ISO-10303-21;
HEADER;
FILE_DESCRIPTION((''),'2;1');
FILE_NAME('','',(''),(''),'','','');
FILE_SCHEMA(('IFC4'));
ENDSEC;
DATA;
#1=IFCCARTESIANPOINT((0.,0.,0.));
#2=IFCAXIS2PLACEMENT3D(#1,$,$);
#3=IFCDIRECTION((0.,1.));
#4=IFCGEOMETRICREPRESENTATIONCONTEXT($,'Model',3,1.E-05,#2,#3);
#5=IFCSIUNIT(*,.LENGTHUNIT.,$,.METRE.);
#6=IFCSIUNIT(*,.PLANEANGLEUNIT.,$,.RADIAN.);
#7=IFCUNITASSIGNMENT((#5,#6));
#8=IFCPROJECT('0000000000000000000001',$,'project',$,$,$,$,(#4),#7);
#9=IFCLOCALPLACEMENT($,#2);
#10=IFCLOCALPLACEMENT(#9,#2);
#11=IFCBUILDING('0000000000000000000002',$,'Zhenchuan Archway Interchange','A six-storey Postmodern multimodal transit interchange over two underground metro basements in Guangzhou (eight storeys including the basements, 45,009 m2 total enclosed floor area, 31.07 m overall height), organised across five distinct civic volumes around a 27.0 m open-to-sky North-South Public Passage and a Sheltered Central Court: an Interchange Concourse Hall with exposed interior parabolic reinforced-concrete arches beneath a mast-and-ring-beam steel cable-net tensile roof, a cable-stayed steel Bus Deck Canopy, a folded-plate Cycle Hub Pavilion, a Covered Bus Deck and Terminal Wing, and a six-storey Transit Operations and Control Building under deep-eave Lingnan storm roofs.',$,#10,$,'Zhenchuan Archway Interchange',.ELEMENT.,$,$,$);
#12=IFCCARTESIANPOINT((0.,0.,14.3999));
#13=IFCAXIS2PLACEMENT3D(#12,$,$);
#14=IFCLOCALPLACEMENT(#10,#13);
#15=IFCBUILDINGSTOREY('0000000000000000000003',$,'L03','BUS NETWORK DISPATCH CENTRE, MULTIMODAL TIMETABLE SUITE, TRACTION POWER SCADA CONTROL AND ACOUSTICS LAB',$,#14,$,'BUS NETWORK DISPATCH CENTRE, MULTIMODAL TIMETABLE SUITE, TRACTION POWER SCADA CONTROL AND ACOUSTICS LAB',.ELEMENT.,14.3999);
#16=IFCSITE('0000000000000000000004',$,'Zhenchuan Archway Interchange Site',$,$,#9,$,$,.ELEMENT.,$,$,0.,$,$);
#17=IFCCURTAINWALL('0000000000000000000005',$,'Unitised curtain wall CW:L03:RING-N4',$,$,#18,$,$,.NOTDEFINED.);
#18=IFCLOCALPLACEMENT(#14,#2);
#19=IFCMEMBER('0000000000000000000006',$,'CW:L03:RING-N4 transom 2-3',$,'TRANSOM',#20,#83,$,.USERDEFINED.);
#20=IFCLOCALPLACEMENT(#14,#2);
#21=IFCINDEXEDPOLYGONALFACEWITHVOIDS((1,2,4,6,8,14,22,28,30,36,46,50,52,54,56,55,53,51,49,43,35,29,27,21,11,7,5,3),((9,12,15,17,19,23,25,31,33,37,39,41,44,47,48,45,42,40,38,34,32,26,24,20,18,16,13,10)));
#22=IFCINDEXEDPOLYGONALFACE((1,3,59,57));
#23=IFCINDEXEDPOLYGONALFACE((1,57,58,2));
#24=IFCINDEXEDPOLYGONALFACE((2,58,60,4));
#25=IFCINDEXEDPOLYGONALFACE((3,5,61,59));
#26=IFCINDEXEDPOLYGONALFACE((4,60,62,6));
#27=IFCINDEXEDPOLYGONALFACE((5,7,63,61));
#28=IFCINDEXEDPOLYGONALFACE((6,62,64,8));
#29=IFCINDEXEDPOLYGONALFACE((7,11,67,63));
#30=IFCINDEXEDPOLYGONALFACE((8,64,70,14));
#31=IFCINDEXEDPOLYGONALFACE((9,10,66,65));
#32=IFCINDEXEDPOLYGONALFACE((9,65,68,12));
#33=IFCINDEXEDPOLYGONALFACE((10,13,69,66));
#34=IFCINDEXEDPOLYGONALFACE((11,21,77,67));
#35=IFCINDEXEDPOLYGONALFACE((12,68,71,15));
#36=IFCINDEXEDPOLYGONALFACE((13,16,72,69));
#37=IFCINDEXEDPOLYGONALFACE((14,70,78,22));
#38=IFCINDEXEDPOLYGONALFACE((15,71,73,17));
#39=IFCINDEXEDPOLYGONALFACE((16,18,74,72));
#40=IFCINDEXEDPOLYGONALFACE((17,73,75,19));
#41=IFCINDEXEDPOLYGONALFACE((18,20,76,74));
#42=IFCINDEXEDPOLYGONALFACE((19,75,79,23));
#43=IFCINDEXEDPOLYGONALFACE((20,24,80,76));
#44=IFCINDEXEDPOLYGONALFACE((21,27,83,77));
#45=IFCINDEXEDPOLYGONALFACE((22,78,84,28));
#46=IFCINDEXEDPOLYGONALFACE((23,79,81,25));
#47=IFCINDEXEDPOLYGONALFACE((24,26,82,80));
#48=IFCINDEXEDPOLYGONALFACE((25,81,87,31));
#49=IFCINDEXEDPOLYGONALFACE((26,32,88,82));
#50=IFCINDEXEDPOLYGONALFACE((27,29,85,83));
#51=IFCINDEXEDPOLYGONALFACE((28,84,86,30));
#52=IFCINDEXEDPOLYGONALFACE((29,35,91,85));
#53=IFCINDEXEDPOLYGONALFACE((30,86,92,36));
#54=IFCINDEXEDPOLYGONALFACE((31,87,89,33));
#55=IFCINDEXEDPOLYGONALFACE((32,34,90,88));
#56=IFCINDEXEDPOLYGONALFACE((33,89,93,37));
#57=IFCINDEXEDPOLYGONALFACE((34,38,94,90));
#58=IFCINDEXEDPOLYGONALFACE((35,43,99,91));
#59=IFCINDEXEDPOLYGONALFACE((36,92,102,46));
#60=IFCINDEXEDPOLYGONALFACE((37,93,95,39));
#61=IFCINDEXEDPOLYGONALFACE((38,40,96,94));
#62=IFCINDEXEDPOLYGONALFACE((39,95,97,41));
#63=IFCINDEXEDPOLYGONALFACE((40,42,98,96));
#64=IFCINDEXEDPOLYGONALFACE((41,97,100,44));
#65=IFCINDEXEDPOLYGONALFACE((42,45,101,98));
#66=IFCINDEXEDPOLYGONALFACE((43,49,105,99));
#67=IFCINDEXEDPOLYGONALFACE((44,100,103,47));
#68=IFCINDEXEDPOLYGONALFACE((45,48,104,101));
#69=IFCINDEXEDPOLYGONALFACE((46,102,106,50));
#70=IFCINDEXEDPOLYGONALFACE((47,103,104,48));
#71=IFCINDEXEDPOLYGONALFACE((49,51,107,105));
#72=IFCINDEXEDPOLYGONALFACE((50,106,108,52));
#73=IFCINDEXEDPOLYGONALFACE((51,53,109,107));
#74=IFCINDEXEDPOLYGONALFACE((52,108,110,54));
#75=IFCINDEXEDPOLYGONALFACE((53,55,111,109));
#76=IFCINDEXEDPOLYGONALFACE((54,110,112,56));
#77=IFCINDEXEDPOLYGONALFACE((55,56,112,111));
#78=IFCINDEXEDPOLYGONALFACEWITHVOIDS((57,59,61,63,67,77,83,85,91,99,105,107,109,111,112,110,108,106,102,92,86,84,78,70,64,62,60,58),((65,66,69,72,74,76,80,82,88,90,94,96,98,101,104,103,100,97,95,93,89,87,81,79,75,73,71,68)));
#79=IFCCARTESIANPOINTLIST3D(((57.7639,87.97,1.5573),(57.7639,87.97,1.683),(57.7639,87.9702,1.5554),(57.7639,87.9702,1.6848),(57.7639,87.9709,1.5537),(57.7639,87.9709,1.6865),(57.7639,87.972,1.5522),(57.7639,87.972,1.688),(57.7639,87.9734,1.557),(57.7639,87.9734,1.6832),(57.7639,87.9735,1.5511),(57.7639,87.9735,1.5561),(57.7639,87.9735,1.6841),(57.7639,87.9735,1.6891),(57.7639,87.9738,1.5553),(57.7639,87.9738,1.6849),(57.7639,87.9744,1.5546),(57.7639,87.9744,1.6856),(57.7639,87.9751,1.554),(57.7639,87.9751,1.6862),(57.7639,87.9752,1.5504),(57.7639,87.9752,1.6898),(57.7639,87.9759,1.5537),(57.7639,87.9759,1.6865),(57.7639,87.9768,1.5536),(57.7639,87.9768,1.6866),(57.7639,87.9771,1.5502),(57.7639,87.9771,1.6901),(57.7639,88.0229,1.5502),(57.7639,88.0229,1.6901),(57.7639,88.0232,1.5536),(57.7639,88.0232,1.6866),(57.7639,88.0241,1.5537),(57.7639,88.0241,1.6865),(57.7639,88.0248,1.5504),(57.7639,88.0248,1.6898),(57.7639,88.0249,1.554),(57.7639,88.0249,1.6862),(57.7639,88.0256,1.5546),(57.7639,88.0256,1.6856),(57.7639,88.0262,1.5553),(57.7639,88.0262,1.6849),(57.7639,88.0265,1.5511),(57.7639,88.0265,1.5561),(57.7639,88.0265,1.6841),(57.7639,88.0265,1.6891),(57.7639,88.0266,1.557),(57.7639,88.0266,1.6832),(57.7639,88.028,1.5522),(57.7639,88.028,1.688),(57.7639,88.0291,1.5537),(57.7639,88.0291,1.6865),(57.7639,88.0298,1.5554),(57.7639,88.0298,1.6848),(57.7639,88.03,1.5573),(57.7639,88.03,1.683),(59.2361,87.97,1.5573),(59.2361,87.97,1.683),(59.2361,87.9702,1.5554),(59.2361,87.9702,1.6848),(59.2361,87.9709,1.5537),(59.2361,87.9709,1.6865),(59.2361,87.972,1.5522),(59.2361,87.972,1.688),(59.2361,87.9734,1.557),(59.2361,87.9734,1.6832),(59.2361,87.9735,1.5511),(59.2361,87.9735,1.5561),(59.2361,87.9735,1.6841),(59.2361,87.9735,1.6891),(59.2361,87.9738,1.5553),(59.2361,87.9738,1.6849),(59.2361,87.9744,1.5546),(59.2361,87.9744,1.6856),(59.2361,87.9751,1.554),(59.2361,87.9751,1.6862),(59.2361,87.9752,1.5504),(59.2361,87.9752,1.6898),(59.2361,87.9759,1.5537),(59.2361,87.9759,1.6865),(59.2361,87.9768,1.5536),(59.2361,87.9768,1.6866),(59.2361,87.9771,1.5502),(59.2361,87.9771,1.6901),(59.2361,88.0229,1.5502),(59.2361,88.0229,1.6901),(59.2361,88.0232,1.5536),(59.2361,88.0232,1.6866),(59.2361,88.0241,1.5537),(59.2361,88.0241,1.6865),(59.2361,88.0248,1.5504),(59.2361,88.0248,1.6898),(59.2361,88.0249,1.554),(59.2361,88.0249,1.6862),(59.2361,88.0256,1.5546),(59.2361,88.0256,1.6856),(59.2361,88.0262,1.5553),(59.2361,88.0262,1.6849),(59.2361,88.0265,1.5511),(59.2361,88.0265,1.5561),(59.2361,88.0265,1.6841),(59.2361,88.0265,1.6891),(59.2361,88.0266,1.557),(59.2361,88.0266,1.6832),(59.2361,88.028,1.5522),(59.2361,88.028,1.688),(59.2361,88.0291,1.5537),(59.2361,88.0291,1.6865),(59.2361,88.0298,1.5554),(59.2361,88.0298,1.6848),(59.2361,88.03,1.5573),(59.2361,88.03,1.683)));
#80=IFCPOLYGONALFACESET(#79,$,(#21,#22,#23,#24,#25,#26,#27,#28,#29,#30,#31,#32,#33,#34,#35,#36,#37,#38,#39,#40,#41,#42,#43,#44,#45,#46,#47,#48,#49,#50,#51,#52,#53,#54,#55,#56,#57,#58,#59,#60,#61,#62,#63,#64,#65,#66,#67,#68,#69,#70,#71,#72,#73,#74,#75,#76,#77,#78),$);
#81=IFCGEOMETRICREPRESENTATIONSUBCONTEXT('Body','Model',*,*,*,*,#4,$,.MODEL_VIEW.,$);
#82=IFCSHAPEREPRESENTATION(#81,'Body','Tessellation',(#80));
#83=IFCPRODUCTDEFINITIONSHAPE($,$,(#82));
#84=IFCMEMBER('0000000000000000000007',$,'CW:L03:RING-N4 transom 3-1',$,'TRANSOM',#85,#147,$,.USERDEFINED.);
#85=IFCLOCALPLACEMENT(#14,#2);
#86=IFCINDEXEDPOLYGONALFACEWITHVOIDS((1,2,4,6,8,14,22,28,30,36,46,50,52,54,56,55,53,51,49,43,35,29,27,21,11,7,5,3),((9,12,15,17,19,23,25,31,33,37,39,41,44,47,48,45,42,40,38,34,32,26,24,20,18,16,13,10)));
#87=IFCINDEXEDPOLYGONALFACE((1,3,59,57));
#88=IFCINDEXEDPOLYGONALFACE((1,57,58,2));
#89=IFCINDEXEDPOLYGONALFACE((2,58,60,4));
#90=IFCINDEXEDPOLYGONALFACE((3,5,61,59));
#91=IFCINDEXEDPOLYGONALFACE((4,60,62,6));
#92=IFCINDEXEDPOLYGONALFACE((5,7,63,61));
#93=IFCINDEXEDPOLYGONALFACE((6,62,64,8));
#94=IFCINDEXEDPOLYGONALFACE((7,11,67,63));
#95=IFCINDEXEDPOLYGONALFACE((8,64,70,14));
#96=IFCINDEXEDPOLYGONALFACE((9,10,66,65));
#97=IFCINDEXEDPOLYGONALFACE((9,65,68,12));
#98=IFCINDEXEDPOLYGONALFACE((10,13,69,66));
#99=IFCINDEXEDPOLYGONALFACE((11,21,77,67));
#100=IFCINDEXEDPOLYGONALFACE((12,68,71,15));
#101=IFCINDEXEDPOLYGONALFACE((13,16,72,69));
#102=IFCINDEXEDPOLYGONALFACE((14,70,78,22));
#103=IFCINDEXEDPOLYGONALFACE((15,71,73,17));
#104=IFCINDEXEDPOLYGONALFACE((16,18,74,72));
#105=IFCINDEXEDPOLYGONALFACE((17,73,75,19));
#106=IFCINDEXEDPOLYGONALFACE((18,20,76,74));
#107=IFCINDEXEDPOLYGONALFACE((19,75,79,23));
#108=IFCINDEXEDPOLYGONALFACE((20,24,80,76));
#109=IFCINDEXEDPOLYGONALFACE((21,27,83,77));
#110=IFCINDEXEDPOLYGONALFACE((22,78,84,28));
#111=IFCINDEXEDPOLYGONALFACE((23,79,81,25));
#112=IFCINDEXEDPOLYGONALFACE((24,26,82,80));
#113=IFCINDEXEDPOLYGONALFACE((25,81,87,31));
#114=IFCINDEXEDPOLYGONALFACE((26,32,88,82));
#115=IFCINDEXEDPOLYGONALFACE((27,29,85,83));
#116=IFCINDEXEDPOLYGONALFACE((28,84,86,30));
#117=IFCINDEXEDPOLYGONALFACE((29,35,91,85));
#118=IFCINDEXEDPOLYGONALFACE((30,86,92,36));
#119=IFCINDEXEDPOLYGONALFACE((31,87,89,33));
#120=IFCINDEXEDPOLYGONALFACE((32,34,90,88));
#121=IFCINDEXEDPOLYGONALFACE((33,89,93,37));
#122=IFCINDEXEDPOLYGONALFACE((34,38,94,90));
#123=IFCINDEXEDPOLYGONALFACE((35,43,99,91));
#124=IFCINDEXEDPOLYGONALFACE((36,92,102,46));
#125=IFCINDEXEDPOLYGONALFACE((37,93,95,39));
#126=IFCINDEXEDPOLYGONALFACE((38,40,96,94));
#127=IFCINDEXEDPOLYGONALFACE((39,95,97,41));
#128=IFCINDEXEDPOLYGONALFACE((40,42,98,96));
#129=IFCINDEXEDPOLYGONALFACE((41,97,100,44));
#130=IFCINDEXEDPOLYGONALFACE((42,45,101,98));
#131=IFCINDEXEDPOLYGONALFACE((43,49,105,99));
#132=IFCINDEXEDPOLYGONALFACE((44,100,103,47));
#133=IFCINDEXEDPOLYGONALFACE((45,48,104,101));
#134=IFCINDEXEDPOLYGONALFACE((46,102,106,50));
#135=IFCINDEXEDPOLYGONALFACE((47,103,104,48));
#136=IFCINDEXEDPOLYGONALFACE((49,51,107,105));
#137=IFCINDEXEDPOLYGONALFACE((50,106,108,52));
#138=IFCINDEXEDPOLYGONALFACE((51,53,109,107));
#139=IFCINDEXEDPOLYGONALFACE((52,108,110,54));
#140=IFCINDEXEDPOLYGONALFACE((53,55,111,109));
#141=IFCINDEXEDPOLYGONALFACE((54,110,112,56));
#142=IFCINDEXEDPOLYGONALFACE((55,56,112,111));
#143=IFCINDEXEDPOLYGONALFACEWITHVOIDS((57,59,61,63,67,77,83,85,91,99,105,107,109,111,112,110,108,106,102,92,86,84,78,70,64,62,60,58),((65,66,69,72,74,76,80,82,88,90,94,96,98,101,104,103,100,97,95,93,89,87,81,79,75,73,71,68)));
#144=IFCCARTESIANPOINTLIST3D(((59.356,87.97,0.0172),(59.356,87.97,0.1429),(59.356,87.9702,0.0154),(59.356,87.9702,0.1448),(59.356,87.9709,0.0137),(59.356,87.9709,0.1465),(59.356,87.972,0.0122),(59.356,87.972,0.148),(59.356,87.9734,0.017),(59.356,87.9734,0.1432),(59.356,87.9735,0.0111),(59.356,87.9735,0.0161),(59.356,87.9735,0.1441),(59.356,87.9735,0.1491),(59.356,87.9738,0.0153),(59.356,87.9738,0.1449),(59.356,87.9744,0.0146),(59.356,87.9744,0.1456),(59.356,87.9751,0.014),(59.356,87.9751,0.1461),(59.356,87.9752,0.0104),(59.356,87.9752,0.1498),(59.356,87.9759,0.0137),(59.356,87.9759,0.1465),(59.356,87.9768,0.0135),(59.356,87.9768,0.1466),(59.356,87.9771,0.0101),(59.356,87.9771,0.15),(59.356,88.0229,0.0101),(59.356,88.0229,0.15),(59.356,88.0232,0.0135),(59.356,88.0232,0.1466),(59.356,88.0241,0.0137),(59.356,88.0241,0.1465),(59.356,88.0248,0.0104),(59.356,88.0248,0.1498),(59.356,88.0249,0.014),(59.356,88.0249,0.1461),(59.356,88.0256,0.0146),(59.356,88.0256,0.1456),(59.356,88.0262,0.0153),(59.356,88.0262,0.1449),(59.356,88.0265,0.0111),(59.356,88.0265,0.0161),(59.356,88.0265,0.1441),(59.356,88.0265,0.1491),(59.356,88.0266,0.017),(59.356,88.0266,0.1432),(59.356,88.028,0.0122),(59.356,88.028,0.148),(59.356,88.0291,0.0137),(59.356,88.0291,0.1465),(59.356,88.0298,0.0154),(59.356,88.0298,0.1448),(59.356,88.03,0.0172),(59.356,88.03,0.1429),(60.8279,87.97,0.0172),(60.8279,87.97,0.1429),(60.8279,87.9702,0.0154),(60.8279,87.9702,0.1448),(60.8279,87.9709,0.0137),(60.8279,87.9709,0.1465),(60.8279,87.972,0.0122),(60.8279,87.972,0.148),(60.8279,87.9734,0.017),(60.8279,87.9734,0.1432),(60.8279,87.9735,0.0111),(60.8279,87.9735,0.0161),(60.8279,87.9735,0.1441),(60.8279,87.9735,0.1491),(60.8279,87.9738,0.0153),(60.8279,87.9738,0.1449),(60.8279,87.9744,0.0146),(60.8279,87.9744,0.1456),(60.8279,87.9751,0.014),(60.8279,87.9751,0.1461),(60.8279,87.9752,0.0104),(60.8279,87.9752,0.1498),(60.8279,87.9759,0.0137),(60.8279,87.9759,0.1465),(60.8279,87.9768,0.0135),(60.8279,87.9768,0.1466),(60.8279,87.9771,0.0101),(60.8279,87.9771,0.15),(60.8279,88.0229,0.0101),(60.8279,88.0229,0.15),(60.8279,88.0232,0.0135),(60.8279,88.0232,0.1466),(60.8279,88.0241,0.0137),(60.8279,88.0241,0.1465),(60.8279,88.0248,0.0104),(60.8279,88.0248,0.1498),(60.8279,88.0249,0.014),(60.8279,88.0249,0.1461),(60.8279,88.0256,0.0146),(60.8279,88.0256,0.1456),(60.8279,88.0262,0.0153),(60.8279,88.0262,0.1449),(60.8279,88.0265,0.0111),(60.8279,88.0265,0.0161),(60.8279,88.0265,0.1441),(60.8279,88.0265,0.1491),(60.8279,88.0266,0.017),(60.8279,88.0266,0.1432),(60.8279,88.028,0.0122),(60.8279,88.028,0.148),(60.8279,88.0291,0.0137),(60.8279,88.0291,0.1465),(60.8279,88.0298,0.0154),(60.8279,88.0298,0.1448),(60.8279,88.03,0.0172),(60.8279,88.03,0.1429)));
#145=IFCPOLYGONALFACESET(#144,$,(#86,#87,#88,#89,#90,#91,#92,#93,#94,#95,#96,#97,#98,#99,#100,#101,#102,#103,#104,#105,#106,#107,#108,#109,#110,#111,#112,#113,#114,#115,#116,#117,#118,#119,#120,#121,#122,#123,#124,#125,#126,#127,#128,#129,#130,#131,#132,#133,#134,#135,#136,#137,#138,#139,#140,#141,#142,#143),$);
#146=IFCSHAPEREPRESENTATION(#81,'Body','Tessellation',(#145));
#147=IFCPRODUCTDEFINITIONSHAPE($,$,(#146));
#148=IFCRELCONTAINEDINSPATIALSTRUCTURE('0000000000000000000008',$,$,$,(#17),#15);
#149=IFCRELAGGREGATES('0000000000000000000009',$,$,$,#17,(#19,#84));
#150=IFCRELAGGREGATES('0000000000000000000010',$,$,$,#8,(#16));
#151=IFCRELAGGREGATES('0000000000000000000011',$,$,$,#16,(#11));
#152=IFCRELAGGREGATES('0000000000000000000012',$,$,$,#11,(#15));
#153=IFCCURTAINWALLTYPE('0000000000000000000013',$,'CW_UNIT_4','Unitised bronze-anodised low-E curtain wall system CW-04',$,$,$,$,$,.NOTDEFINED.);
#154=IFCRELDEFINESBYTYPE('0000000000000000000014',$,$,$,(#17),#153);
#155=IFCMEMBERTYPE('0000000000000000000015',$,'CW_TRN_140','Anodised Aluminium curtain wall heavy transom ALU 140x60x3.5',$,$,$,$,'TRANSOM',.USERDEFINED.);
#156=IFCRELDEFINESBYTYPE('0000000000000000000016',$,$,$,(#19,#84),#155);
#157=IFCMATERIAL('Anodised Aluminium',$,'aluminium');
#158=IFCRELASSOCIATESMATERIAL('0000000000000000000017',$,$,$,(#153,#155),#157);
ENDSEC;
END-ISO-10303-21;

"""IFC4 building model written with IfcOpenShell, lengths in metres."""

from ifc_helpers import new_model, si_unit, direction, frame, origin, origin_2d, place, context, subcontext, project, spatial, hollow_rectangle, extrude, material, material_profile, profile_set, type_object, element, aggregate, save


model = new_model("IFC4")

# Units and contexts
model_context = context("Model", 3, precision=1e-05, world=origin(), true_north=direction((0.0, 1.0)))
body_context = subcontext(model_context, "Body", "Model", "MODEL_VIEW")
ifc_project = project(units=[si_unit("LENGTHUNIT", "METRE"), si_unit("PLANEANGLEUNIT", "RADIAN")], contexts=[model_context])

# Site, building, storey
site_placement = place(None, origin())
site = spatial("IfcSite", under=ifc_project, at=site_placement, Name="Zhenchuan Archway Interchange Site", CompositionType="ELEMENT", RefElevation=0.0)
building_placement = place(site_placement, origin())
building = spatial("IfcBuilding", under=site, at=building_placement, Name="Zhenchuan Archway Interchange", Description="A six-storey Postmodern multimodal transit interchange over two underground metro basements in Guangzhou (eight storeys including the basements, 45,009 m2 total enclosed floor area, 31.07 m overall height), organised across five distinct civic volumes around a 27.0 m open-to-sky North-South Public Passage and a Sheltered Central Court: an Interchange Concourse Hall with exposed interior parabolic reinforced-concrete arches beneath a mast-and-ring-beam steel cable-net tensile roof, a cable-stayed steel Bus Deck Canopy, a folded-plate Cycle Hub Pavilion, a Covered Bus Deck and Terminal Wing, and a six-storey Transit Operations and Control Building under deep-eave Lingnan storm roofs.", LongName="Zhenchuan Archway Interchange", CompositionType="ELEMENT")
storey_placement = place(building_placement, frame((0.0, 0.0, 14.3999)))
storey = spatial("IfcBuildingStorey", under=building, at=storey_placement, Name="L03", Description="BUS NETWORK DISPATCH CENTRE, MULTIMODAL TIMETABLE SUITE, TRACTION POWER SCADA CONTROL AND ACOUSTICS LAB", LongName="BUS NETWORK DISPATCH CENTRE, MULTIMODAL TIMETABLE SUITE, TRACTION POWER SCADA CONTROL AND ACOUSTICS LAB", CompositionType="ELEMENT", Elevation=14.3999)

# Curtain wall
ifc_material_1 = material(Name="Anodised Aluminium", Category="aluminium")
curtain_wall_type = type_object("IfcCurtainWallType", Name="CW_UNIT_4", Description="Unitised bronze-anodised low-E curtain wall system CW-04", PredefinedType="NOTDEFINED", material=ifc_material_1)
curtain_wall_1_placement = place(storey_placement, origin())
curtain_wall_1 = element("IfcCurtainWall", 1, at=curtain_wall_1_placement, inside=storey, type_object=curtain_wall_type, Name="Unitised curtain wall CW:L03:RING-N4", PredefinedType="NOTDEFINED")

# Members
ifc_material_profile_1 = material_profile(ifc_material_1, hollow_rectangle(XDim=0.0601, YDim=0.1399, WallThickness=0.0034, InnerFilletRadius=0.0034, OuterFilletRadius=0.0071, at=origin_2d()), Name="ALU 140x60x3.5")
ifc_profile_set_1 = profile_set([ifc_material_profile_1], Name="Anodised Aluminium")
member_type_1 = type_object("IfcMemberType", Name="CW_TRN_140", Description="Anodised Aluminium curtain wall heavy transom ALU 140x60x3.5", ElementType="TRANSOM", PredefinedType="USERDEFINED", material=ifc_profile_set_1)
member_1_placement = place(storey_placement, frame((57.7639, 88.0, 1.6201), z_axis=(1.0, 0.0, 0.0), x_axis=(0.0, 1.0, 0.0)))
member_1 = element("IfcMember", 2, at=member_1_placement, type_object=member_type_1, Name="CW:L03:RING-N4 transom 2-3", ObjectType="TRANSOM", PredefinedType="USERDEFINED", context=body_context, shape_type="SweptSolid", body=[
    extrude(hollow_rectangle(XDim=0.0601, YDim=0.1399, WallThickness=0.0034, InnerFilletRadius=0.0034, OuterFilletRadius=0.0071, at=origin_2d()), origin(), (0.0, 0.0, 1.0), 1.4722),
])
member_2_placement = place(storey_placement, frame((59.356, 88.0, 0.0801), z_axis=(1.0, 0.0, 0.0), x_axis=(0.0, 1.0, 0.0)))
member_2 = element("IfcMember", 3, at=member_2_placement, type_object=member_type_1, Name="CW:L03:RING-N4 transom 3-1", ObjectType="TRANSOM", PredefinedType="USERDEFINED", context=body_context, shape_type="SweptSolid", body=[
    extrude(hollow_rectangle(XDim=0.0601, YDim=0.1399, WallThickness=0.0034, InnerFilletRadius=0.0034, OuterFilletRadius=0.0071, at=origin_2d()), origin(), (0.0, 0.0, 1.0), 1.4719),
])

aggregate(curtain_wall_1, [member_1, member_2])

save(model, "model.ifc")
